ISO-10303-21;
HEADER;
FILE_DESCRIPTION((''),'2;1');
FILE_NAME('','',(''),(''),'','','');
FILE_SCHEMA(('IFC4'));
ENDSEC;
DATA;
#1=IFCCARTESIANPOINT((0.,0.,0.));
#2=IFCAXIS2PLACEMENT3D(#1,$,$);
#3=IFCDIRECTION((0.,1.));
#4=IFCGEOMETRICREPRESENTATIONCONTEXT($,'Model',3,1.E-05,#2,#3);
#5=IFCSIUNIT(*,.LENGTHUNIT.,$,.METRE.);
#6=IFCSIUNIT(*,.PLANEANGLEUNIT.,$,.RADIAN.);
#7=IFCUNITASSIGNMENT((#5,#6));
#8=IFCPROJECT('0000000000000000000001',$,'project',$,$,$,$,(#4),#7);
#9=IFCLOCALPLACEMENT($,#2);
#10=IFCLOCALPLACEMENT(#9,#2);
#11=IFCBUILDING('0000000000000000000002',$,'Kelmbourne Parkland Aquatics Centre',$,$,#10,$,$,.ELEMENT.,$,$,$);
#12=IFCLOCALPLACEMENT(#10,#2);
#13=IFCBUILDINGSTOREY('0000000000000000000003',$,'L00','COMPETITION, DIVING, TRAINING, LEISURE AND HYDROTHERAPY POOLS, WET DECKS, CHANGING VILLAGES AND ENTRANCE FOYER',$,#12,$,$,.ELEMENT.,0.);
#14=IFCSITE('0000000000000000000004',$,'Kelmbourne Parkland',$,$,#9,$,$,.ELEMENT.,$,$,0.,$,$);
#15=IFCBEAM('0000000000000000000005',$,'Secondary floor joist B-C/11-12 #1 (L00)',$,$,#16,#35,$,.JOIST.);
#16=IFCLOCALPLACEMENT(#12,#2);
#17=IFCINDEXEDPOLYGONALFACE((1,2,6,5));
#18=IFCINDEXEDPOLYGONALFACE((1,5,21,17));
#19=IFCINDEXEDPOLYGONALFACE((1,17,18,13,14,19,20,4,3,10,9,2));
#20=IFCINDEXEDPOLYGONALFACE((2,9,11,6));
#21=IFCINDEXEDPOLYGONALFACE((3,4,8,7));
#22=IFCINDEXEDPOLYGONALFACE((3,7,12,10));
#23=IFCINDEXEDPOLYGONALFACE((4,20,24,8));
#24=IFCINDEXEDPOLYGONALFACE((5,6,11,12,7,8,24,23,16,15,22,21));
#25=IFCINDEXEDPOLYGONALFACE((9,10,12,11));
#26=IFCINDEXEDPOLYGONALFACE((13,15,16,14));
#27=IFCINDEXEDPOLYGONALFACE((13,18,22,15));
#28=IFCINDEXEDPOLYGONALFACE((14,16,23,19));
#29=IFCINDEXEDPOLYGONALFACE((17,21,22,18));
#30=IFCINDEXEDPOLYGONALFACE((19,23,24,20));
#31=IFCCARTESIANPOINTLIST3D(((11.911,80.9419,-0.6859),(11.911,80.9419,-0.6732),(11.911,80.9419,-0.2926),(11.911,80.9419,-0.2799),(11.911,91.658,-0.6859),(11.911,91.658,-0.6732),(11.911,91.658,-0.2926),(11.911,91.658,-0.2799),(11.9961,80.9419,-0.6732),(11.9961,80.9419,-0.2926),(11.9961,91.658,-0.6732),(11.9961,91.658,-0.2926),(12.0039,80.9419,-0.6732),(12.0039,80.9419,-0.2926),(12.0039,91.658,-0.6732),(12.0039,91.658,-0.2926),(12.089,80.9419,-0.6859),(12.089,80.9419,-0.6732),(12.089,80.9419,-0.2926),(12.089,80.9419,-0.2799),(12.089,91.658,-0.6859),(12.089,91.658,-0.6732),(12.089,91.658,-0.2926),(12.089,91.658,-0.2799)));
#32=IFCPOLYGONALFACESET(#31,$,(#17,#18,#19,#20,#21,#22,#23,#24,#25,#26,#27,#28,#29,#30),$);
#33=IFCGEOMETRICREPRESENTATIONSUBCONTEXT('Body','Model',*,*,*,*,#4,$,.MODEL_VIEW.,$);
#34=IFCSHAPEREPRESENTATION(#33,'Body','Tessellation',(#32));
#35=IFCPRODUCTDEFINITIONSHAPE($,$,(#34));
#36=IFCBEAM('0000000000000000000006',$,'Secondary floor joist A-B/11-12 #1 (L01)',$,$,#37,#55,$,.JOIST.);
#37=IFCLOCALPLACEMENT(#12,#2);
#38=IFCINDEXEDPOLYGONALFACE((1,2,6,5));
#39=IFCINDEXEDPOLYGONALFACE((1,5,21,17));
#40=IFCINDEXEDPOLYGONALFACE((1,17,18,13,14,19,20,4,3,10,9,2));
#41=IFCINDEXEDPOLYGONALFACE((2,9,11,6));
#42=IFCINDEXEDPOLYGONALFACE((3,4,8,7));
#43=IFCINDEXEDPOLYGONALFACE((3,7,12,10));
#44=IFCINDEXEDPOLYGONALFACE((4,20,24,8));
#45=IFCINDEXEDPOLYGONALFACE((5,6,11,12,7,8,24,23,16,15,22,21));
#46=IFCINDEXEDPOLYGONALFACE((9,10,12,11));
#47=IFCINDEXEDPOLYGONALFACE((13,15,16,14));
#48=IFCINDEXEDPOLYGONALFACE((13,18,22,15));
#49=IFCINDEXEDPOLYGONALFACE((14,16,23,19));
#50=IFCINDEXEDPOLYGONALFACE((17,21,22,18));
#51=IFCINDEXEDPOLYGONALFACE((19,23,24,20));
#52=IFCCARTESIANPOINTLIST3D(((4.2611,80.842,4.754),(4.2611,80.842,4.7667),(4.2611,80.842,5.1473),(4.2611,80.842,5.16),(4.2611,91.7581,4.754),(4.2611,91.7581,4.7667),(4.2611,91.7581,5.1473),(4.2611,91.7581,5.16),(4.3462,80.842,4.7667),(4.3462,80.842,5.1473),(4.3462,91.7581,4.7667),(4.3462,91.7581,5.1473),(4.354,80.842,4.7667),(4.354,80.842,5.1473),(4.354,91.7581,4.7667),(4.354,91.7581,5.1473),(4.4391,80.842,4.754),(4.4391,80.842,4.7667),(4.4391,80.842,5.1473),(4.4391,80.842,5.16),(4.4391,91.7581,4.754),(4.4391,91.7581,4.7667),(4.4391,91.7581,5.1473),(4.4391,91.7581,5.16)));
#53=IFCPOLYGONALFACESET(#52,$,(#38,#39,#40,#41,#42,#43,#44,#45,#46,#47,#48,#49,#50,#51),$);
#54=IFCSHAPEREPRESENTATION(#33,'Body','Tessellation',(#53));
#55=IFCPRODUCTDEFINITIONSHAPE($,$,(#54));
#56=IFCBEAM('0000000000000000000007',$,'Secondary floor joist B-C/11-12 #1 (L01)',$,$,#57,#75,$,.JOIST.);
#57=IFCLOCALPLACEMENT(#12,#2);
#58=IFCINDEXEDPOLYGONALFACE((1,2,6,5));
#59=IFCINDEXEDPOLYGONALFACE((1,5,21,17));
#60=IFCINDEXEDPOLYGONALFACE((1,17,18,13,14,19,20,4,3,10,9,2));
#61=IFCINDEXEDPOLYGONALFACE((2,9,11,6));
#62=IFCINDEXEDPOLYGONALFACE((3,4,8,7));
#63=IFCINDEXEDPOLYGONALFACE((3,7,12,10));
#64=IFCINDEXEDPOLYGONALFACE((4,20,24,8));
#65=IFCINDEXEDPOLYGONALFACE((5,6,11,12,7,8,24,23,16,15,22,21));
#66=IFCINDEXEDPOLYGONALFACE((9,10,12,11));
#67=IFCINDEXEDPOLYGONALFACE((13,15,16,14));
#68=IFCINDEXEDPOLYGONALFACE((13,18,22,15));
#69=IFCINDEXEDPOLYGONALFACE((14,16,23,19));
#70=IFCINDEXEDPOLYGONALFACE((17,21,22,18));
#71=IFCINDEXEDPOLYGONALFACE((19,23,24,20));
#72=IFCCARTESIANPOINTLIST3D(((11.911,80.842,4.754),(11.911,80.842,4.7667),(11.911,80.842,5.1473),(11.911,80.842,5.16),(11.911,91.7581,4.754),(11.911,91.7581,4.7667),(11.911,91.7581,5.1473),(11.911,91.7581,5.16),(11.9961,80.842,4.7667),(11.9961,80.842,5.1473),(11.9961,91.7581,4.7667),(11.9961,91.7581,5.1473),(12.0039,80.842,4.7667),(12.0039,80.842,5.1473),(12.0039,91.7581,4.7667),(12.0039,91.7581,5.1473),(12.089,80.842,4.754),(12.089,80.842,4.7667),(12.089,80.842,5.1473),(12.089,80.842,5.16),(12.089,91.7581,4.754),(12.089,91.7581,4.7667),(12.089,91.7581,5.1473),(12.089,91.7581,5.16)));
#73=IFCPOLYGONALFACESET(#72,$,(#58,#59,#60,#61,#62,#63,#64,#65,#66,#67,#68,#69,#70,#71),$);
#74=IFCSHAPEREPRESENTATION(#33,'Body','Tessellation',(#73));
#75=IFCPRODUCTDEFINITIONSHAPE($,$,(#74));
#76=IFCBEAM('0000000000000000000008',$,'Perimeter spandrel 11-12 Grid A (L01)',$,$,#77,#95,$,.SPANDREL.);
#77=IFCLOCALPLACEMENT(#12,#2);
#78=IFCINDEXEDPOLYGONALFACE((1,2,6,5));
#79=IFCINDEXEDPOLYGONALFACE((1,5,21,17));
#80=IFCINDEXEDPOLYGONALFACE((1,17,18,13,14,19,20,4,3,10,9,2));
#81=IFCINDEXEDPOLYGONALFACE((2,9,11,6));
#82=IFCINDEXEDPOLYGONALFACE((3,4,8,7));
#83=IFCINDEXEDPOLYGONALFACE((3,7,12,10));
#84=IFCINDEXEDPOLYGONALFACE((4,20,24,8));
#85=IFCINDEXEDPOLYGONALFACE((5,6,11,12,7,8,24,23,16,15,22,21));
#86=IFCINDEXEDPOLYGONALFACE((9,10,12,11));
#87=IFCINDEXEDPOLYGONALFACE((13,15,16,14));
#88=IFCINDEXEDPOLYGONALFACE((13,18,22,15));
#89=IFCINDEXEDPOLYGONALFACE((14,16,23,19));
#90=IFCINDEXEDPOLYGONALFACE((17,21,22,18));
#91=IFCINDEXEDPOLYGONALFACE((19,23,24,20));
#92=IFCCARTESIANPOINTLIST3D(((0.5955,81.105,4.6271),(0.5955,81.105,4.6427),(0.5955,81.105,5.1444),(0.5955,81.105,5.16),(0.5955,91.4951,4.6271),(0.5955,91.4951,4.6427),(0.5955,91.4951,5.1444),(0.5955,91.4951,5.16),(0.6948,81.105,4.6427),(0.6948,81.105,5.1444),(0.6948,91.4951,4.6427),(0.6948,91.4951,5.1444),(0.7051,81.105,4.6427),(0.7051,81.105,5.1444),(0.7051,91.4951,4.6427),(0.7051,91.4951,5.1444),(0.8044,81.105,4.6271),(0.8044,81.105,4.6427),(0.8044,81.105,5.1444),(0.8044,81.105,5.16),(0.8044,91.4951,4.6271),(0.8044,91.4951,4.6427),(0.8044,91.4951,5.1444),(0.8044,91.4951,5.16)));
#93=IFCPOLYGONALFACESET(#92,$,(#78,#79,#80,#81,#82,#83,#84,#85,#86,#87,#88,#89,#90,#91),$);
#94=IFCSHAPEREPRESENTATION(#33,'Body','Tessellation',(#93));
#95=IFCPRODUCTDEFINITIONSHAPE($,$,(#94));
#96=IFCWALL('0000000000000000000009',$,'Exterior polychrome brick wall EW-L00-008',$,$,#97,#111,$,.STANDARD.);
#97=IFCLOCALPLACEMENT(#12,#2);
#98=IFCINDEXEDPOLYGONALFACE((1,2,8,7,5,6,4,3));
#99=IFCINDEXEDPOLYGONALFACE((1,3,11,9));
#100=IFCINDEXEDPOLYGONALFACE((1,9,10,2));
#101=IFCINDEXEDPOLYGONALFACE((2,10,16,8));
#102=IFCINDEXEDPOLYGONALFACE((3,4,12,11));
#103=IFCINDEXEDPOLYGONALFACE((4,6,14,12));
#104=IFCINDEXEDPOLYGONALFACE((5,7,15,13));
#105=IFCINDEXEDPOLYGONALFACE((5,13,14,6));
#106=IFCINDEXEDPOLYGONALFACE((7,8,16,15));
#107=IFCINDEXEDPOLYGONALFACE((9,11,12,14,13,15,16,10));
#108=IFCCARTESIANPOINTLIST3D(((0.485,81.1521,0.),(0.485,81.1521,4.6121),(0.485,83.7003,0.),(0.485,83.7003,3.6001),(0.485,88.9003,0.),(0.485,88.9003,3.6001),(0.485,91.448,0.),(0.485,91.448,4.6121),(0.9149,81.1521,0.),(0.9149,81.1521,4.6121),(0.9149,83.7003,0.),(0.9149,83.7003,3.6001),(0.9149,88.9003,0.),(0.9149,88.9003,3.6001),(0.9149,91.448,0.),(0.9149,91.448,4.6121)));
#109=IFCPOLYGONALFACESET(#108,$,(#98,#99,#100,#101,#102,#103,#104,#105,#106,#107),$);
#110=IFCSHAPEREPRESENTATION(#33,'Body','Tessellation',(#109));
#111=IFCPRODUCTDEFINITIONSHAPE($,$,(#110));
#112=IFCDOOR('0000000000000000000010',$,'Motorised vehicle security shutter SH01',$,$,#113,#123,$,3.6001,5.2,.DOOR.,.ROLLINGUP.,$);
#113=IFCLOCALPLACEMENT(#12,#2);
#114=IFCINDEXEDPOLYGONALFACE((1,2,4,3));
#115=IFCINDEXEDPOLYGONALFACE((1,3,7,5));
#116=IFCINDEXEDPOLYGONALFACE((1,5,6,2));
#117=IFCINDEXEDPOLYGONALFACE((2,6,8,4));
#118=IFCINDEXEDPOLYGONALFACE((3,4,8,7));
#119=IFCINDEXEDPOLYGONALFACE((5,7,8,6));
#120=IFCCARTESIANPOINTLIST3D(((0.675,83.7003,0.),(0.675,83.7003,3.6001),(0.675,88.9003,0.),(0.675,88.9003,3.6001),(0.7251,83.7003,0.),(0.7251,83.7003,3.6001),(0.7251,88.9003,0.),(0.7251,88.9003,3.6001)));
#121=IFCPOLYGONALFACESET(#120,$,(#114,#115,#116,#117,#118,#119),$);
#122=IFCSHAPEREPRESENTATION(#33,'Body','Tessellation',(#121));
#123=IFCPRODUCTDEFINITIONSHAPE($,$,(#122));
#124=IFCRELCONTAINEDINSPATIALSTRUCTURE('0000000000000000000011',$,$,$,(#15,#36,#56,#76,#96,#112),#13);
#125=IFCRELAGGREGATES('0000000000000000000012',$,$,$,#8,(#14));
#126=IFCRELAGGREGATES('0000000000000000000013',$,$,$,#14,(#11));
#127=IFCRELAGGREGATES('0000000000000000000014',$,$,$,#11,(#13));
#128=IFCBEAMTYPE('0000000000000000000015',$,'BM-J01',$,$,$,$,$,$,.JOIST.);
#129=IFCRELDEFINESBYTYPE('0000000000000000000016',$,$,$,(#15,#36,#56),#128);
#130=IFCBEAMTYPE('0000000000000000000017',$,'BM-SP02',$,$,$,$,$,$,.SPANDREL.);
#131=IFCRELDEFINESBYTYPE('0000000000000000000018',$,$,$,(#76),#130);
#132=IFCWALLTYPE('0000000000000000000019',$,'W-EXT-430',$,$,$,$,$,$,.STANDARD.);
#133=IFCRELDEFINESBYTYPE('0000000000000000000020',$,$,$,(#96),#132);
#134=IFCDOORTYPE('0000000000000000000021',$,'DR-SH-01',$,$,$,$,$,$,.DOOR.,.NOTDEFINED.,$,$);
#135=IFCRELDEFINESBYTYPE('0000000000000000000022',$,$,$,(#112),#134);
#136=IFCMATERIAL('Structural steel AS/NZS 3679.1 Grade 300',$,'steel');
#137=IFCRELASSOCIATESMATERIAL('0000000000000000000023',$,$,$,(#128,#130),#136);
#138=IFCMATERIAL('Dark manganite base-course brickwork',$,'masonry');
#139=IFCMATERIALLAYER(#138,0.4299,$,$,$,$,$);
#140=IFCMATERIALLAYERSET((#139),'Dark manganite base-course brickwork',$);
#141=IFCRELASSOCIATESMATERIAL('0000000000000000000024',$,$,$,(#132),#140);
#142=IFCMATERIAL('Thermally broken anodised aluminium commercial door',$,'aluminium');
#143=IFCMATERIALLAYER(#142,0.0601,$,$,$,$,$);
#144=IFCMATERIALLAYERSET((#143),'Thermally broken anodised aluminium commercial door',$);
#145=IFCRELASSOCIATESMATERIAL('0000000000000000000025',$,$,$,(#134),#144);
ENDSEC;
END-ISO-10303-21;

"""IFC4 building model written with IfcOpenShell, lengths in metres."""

from ifc_helpers import new_model, si_unit, direction, frame, frame_2d, origin, origin_2d, place, context, subcontext, project, spatial, rectangle, i_section, extrude, material, layer, layer_set, material_profile, profile_set, type_object, element, fill, save


model = new_model("IFC4")

# Units and contexts
model_context = context("Model", 3, precision=1e-05, world=origin(), true_north=direction((0.0, 1.0)))
body_context = subcontext(model_context, "Body", "Model", "MODEL_VIEW")
ifc_project = project(units=[si_unit("LENGTHUNIT", "METRE"), si_unit("PLANEANGLEUNIT", "RADIAN")], contexts=[model_context])

# Site, building, storey
site_placement = place(None, origin())
site = spatial("IfcSite", under=ifc_project, at=site_placement, Name="Kelmbourne Parkland", CompositionType="ELEMENT", RefElevation=0.0)
building_placement = place(site_placement, origin())
building = spatial("IfcBuilding", under=site, at=building_placement, Name="Kelmbourne Parkland Aquatics Centre", CompositionType="ELEMENT")
storey_placement = place(building_placement, origin())
storey = spatial("IfcBuildingStorey", under=building, at=storey_placement, Name="L00", Description="COMPETITION, DIVING, TRAINING, LEISURE AND HYDROTHERAPY POOLS, WET DECKS, CHANGING VILLAGES AND ENTRANCE FOYER", CompositionType="ELEMENT", Elevation=0.0)

# Beams
ifc_material_1 = material(Name="Structural steel AS/NZS 3679.1 Grade 300", Category="steel")
ifc_material_profile_1 = material_profile(ifc_material_1, i_section(OverallWidth=0.178, OverallDepth=0.406, WebThickness=0.0078, FlangeThickness=0.0127, at=origin_2d()), Name="410UB59.7")
ifc_profile_set_1 = profile_set([ifc_material_profile_1], Name="Structural steel AS/NZS 3679.1 Grade 300")
beam_type_1 = type_object("IfcBeamType", Name="BM-J01", PredefinedType="JOIST", material=ifc_profile_set_1)
beam_1_placement = place(storey_placement, frame((12.0, 80.9419, -0.4829), z_axis=(0.0, 1.0, 0.0), x_axis=(-1.0, 0.0, 0.0)))
element("IfcBeam", 1, at=beam_1_placement, inside=storey, type_object=beam_type_1, Name="Secondary floor joist B-C/11-12 #1 (L00)", PredefinedType="JOIST", context=body_context, shape_type="SweptSolid", body=[
    extrude(i_section(OverallWidth=0.178, OverallDepth=0.406, WebThickness=0.0078, FlangeThickness=0.0127, at=origin_2d()), origin(), (0.0, 0.0, 1.0), 10.7161),
])
for number, where, z_axis, x_axis, name in (
    (2, (4.3501, 80.842, 4.957), (0.0, 1.0, 0.0), (-1.0, 0.0, 0.0), "Secondary floor joist A-B/11-12 #1 (L01)"),
    (3, (12.0, 80.842, 4.957), (0.0, 1.0, 0.0), (-1.0, 0.0, 0.0), "Secondary floor joist B-C/11-12 #1 (L01)"),
):
    element("IfcBeam", number, at=place(storey_placement, frame(where, z_axis=z_axis, x_axis=x_axis)), inside=storey, type_object=beam_type_1, Name=name, PredefinedType="JOIST", context=body_context, shape_type="SweptSolid", body=[
        extrude(i_section(OverallWidth=0.178, OverallDepth=0.406, WebThickness=0.0078, FlangeThickness=0.0127, at=origin_2d()), origin(), (0.0, 0.0, 1.0), 10.916),
    ])
ifc_material_profile_2 = material_profile(ifc_material_1, i_section(OverallWidth=0.209, OverallDepth=0.533, WebThickness=0.0103, FlangeThickness=0.0156, at=origin_2d()), Name="530UB92.4")
ifc_profile_set_2 = profile_set([ifc_material_profile_2], Name="Structural steel AS/NZS 3679.1 Grade 300")
beam_type_2 = type_object("IfcBeamType", Name="BM-SP02", PredefinedType="SPANDREL", material=ifc_profile_set_2)
beam_2_placement = place(storey_placement, frame((0.7, 81.105, 4.8936), z_axis=(0.0, 1.0, 0.0), x_axis=(-1.0, 0.0, 0.0)))
element("IfcBeam", 4, at=beam_2_placement, inside=storey, type_object=beam_type_2, Name="Perimeter spandrel 11-12 Grid A (L01)", PredefinedType="SPANDREL", context=body_context, shape_type="SweptSolid", body=[
    extrude(i_section(OverallWidth=0.209, OverallDepth=0.533, WebThickness=0.0103, FlangeThickness=0.0156, at=origin_2d()), origin(), (0.0, 0.0, 1.0), 10.3901),
])

# Wall, opening, door
ifc_material_2 = material(Name="Dark manganite base-course brickwork", Category="masonry")
ifc_layer_1 = layer(ifc_material_2, 0.4299)
ifc_layer_set_1 = layer_set([ifc_layer_1], Name="Dark manganite base-course brickwork")
wall_type = type_object("IfcWallType", Name="W-EXT-430", PredefinedType="STANDARD", material=ifc_layer_set_1)
wall_placement = place(storey_placement, frame((0.7, 81.1521, 0.0), z_axis=(0.0, 0.0, 1.0), x_axis=(0.0, 1.0, 0.0)))
wall = element("IfcWall", 5, at=wall_placement, inside=storey, type_object=wall_type, Name="Exterior polychrome brick wall EW-L00-008", PredefinedType="STANDARD", context=body_context, shape_type="SweptSolid", body=[
    extrude(rectangle(XDim=10.2959, YDim=0.4299, at=frame_2d((5.1479, 0.0))), origin(), (0.0, 0.0, 1.0), 4.6121),
])
opening_placement = place(wall_placement, frame((2.5481, 0.0, 0.0)))
opening = element("IfcOpeningElement", 6, at=opening_placement, cuts=wall, PredefinedType="OPENING", context=body_context, shape_type="SweptSolid", body=[
    extrude(rectangle(XDim=5.2, YDim=3.6001, at=frame_2d((2.6001, 1.8))), frame((0.0, 0.2271, 0.0), z_axis=(0.0, -1.0, 0.0), x_axis=(1.0, 0.0, 0.0)), (0.0, 0.0, 1.0), 0.4539),
])
ifc_material_3 = material(Name="Thermally broken anodised aluminium commercial door", Category="aluminium")
ifc_layer_2 = layer(ifc_material_3, 0.0601)
ifc_layer_set_2 = layer_set([ifc_layer_2], Name="Thermally broken anodised aluminium commercial door")
door_type = type_object("IfcDoorType", Name="DR-SH-01", OperationType="NOTDEFINED", PredefinedType="DOOR", material=ifc_layer_set_2)
door_placement = place(opening_placement, origin())
door = element("IfcDoor", 7, at=door_placement, inside=storey, type_object=door_type, Name="Motorised vehicle security shutter SH01", OperationType="ROLLINGUP", OverallHeight=3.6001, OverallWidth=5.2, PredefinedType="DOOR", context=body_context, shape_type="SweptSolid", body=[
    extrude(rectangle(XDim=5.2, YDim=3.6001, at=frame_2d((2.6001, 1.8))), frame((0.0, 0.0249, 0.0), z_axis=(0.0, -1.0, 0.0), x_axis=(1.0, 0.0, 0.0)), (0.0, 0.0, 1.0), 0.05),
])
fill(opening, door)

save(model, "model.ifc")
